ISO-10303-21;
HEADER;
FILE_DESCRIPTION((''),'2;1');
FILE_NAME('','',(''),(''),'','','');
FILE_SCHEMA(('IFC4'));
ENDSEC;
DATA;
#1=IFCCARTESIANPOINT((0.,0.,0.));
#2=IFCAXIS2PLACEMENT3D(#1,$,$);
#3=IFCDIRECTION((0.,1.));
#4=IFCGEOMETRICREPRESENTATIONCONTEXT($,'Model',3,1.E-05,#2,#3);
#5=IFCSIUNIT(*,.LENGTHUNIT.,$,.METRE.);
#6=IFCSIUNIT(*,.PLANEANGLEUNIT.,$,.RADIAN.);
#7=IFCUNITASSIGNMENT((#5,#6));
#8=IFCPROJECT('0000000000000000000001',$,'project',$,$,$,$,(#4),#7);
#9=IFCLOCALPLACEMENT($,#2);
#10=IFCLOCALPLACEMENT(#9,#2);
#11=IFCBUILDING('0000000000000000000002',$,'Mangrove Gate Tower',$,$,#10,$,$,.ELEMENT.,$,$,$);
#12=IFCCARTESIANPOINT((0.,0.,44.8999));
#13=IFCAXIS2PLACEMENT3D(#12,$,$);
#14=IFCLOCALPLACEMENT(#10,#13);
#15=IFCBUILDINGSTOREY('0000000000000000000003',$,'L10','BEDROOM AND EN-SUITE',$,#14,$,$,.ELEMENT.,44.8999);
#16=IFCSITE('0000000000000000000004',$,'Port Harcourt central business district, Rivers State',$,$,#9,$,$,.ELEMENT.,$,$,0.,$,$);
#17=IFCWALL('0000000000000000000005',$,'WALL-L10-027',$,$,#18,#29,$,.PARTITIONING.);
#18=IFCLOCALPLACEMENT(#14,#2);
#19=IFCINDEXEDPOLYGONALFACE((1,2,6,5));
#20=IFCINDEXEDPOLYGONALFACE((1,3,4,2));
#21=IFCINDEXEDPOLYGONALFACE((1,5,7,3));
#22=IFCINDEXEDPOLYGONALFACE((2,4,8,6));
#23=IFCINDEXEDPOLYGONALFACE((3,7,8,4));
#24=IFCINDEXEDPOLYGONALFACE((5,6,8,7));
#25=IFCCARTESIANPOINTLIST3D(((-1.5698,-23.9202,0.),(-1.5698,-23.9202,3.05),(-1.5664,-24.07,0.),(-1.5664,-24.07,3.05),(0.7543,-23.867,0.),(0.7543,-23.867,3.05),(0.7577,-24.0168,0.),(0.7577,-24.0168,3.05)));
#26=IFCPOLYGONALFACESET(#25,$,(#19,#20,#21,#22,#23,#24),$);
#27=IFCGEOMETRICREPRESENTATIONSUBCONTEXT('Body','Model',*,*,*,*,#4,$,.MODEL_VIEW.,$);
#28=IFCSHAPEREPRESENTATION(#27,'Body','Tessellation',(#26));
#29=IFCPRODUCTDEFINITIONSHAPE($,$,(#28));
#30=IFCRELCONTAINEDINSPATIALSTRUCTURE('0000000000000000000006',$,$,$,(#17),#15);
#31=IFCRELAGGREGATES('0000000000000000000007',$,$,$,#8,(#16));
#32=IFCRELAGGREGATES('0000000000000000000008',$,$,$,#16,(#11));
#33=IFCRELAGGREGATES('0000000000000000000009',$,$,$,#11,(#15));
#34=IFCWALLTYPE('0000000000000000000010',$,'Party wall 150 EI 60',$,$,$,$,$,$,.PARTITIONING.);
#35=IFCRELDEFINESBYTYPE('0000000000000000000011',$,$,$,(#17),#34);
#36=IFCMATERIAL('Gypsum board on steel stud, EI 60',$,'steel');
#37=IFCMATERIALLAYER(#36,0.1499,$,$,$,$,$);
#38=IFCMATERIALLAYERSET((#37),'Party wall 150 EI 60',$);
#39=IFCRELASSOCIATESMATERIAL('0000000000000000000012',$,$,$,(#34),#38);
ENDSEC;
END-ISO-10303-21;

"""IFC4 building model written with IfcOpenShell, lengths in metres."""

from ifc_helpers import new_model, si_unit, direction, frame, frame_2d, origin, place, context, subcontext, project, spatial, rectangle, extrude, material, layer, layer_set, type_object, element, save


model = new_model("IFC4")

# Units and contexts
model_context = context("Model", 3, precision=1e-05, world=origin(), true_north=direction((0.0, 1.0)))
body_context = subcontext(model_context, "Body", "Model", "MODEL_VIEW")
ifc_project = project(units=[si_unit("LENGTHUNIT", "METRE"), si_unit("PLANEANGLEUNIT", "RADIAN")], contexts=[model_context])

# Site, building, storey
site_placement = place(None, origin())
site = spatial("IfcSite", under=ifc_project, at=site_placement, Name="Port Harcourt central business district, Rivers State", CompositionType="ELEMENT", RefElevation=0.0)
building_placement = place(site_placement, origin())
building = spatial("IfcBuilding", under=site, at=building_placement, Name="Mangrove Gate Tower", CompositionType="ELEMENT")
storey_placement = place(building_placement, frame((0.0, 0.0, 44.8999)))
storey = spatial("IfcBuildingStorey", under=building, at=storey_placement, Name="L10", Description="BEDROOM AND EN-SUITE", CompositionType="ELEMENT", Elevation=44.8999)

# Shared definitions
ifc_material_1 = material(Name="Gypsum board on steel stud, EI 60", Category="steel")
ifc_layer_1 = layer(ifc_material_1, 0.1499)
ifc_layer_set_1 = layer_set([ifc_layer_1], Name="Party wall 150 EI 60")
wall_type_1 = type_object("IfcWallType", Name="Party wall 150 EI 60", PredefinedType="PARTITIONING", material=ifc_layer_set_1)

# Wall
wall_1_placement = place(storey_placement, frame((-1.5681, -23.9951, 0.0), z_axis=(0.0, 0.0, 1.0), x_axis=(0.999738, 0.022893, 0.0)))
element("IfcWall", 1, at=wall_1_placement, inside=storey, type_object=wall_type_1, Name="WALL-L10-027", PredefinedType="PARTITIONING", context=body_context, shape_type="SweptSolid", body=[
    extrude(rectangle(XDim=2.3247, YDim=0.1499, at=frame_2d((1.1624, 0.0))), origin(), (0.0, 0.0, 1.0), 3.05),
])

save(model, "model.ifc")
